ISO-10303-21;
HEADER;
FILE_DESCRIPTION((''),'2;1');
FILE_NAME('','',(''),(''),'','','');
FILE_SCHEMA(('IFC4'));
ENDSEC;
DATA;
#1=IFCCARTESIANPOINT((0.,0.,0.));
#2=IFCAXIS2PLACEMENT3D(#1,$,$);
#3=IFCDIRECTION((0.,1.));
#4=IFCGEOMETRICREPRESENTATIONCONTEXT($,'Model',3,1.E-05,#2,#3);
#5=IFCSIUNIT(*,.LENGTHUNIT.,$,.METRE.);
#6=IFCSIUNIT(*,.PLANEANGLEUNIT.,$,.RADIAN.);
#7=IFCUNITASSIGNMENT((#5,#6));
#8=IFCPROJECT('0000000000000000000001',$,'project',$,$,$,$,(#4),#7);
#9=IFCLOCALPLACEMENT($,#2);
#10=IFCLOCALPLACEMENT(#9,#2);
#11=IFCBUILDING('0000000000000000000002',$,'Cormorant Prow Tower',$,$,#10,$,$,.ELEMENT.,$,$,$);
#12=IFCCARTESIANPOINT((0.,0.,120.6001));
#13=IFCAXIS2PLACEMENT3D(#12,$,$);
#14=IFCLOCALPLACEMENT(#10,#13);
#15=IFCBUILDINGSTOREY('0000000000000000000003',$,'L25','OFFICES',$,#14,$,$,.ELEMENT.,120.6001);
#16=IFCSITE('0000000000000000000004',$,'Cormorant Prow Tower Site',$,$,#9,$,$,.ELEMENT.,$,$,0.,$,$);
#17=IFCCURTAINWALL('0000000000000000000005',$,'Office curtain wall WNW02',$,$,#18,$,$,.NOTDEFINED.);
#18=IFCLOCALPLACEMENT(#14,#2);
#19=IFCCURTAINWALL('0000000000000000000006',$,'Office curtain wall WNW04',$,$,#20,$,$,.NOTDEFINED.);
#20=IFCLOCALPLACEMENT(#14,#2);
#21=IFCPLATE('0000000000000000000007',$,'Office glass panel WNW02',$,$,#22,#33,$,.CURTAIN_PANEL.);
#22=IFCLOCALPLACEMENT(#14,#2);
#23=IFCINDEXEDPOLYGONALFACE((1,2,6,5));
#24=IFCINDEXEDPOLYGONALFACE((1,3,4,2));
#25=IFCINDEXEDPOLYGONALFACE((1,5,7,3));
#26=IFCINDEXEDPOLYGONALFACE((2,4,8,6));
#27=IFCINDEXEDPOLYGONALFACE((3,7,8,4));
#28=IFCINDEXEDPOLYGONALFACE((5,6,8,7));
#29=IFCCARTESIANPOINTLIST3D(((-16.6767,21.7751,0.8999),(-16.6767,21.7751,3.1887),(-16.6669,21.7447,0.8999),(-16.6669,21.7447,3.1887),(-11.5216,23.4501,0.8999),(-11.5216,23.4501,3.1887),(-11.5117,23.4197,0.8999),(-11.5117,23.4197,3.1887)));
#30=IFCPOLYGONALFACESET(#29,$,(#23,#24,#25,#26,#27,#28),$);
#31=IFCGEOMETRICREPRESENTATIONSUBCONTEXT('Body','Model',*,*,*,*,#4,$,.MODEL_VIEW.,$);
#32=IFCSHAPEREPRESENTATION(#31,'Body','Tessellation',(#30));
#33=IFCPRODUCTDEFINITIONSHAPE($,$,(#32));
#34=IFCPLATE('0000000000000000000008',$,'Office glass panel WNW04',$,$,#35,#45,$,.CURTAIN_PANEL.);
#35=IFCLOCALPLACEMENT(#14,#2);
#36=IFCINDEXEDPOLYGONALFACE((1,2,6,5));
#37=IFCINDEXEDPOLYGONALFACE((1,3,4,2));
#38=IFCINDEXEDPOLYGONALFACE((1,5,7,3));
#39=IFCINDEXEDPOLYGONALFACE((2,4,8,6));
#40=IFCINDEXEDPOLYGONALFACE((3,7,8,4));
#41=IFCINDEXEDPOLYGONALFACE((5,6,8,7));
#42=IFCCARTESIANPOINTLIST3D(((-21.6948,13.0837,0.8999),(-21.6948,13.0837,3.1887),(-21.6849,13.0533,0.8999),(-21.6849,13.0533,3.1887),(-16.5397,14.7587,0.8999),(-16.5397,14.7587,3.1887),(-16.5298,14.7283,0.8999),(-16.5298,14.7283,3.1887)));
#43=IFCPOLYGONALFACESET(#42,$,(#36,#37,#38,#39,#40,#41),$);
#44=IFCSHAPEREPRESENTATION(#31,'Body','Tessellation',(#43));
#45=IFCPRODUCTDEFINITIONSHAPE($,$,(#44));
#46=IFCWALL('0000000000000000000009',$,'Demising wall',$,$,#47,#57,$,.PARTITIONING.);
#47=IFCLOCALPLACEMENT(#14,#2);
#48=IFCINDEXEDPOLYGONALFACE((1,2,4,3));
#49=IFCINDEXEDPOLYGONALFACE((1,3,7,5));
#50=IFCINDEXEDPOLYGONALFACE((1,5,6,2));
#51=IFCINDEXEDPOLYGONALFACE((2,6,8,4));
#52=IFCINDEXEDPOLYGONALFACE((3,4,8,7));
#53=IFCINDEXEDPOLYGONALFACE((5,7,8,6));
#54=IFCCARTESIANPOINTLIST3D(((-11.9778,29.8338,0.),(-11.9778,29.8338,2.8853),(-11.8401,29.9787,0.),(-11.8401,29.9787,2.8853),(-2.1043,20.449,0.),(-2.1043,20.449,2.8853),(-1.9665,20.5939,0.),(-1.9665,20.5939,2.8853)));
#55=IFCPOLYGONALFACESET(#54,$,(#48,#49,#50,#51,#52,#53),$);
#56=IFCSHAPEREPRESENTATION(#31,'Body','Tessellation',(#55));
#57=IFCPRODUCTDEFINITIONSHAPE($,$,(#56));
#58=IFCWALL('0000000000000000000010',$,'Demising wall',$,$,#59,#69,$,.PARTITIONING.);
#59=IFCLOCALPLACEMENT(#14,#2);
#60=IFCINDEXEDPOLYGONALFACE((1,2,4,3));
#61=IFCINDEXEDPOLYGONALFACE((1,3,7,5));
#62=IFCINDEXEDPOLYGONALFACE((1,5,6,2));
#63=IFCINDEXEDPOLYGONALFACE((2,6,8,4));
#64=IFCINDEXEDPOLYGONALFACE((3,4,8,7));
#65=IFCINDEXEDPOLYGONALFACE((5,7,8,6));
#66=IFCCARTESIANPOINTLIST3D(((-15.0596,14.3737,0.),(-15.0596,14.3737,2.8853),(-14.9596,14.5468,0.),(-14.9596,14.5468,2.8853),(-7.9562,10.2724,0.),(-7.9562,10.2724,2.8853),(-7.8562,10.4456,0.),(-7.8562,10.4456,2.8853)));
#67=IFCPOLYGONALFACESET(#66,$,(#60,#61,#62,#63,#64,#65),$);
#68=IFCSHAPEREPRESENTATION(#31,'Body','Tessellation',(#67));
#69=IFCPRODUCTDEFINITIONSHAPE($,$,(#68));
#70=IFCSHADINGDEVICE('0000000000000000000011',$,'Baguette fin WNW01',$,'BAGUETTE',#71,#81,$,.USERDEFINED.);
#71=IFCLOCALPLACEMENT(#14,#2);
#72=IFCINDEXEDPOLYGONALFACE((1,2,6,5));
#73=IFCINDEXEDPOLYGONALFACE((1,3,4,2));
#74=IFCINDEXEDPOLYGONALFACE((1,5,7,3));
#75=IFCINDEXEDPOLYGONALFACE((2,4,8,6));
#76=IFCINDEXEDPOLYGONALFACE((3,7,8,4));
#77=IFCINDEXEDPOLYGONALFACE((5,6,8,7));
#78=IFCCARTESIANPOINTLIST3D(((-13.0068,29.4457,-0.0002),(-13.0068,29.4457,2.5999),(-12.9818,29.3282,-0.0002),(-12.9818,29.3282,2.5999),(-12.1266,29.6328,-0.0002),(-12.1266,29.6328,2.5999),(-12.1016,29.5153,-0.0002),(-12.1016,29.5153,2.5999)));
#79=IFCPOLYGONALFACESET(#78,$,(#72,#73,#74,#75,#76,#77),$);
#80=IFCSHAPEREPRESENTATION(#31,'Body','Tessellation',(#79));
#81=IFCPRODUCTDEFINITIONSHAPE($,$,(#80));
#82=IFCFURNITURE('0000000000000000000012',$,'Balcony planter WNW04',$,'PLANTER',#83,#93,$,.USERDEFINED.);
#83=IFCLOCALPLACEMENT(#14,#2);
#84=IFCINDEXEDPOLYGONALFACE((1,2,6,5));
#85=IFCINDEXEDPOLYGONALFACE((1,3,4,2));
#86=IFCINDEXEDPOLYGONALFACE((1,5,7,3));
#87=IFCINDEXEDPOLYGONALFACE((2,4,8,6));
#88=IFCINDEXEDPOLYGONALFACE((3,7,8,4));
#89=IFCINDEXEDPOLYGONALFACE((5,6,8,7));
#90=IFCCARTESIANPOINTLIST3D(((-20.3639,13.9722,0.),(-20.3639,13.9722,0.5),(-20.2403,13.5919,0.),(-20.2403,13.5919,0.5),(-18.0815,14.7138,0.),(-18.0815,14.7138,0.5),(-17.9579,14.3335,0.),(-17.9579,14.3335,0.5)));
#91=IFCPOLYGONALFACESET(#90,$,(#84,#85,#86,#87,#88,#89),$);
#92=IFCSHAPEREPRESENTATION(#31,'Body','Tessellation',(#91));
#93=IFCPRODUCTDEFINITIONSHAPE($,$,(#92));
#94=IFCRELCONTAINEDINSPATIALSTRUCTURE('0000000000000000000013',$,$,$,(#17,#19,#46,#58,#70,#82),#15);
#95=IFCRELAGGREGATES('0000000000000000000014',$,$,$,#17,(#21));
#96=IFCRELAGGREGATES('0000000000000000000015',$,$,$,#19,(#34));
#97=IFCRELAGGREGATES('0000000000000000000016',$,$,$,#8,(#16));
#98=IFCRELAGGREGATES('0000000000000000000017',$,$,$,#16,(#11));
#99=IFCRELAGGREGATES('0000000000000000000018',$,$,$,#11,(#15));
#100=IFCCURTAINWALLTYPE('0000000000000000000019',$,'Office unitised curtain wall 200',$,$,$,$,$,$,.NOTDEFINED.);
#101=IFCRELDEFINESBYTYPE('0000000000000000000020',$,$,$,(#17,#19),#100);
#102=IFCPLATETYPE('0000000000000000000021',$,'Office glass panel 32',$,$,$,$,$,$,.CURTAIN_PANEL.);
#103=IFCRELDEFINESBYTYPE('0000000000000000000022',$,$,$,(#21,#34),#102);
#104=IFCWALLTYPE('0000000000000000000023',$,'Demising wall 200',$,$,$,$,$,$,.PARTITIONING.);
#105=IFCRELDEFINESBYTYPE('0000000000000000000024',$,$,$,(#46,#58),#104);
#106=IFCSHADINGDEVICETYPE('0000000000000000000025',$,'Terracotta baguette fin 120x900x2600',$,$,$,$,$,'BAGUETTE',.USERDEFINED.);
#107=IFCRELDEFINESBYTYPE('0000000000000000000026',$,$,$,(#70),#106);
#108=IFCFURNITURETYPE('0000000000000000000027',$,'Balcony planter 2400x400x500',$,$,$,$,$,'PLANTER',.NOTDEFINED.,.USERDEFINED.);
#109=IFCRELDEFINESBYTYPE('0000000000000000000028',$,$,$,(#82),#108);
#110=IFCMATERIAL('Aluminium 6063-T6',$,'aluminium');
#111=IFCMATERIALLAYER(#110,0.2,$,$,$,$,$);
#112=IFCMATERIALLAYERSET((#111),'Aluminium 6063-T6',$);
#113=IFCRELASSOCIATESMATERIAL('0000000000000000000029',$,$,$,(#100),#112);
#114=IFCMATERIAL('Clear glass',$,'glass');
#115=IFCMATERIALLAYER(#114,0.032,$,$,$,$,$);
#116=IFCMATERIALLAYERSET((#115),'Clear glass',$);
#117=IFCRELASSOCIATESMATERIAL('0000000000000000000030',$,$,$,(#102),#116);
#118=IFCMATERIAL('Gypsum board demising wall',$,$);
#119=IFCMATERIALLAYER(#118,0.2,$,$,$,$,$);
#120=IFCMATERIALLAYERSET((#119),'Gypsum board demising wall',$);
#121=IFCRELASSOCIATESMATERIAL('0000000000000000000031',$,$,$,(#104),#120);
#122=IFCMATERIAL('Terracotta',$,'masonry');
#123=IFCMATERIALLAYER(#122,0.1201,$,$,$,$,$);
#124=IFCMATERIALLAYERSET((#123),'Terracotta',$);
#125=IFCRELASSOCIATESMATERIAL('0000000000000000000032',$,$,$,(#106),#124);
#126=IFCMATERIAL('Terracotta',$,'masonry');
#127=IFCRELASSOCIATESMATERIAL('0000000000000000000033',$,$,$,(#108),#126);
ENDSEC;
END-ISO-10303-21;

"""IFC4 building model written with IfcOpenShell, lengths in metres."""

from ifc_helpers import new_model, si_unit, direction, frame, frame_2d, origin, origin_2d, place, context, subcontext, project, spatial, rectangle, extrude, material, layer, layer_set, type_object, element, aggregate, save


model = new_model("IFC4")

# Units and contexts
model_context = context("Model", 3, precision=1e-05, world=origin(), true_north=direction((0.0, 1.0)))
body_context = subcontext(model_context, "Body", "Model", "MODEL_VIEW")
ifc_project = project(units=[si_unit("LENGTHUNIT", "METRE"), si_unit("PLANEANGLEUNIT", "RADIAN")], contexts=[model_context])

# Site, building, storey
site_placement = place(None, origin())
site = spatial("IfcSite", under=ifc_project, at=site_placement, Name="Cormorant Prow Tower Site", CompositionType="ELEMENT", RefElevation=0.0)
building_placement = place(site_placement, origin())
building = spatial("IfcBuilding", under=site, at=building_placement, Name="Cormorant Prow Tower", CompositionType="ELEMENT")
storey_placement = place(building_placement, frame((0.0, 0.0, 120.6001)))
storey = spatial("IfcBuildingStorey", under=building, at=storey_placement, Name="L25", Description="OFFICES", CompositionType="ELEMENT", Elevation=120.6001)

# Curtain walls
ifc_material_1 = material(Name="Aluminium 6063-T6", Category="aluminium")
ifc_layer_1 = layer(ifc_material_1, 0.2)
ifc_layer_set_1 = layer_set([ifc_layer_1], Name="Aluminium 6063-T6")
curtain_wall_type = type_object("IfcCurtainWallType", Name="Office unitised curtain wall 200", PredefinedType="NOTDEFINED", material=ifc_layer_set_1)
curtain_wall_1_placement = place(storey_placement, origin())
curtain_wall_1 = element("IfcCurtainWall", 1, at=curtain_wall_1_placement, inside=storey, type_object=curtain_wall_type, Name="Office curtain wall WNW02", PredefinedType="NOTDEFINED")
curtain_wall_2_placement = place(storey_placement, origin())
curtain_wall_2 = element("IfcCurtainWall", 2, at=curtain_wall_2_placement, inside=storey, type_object=curtain_wall_type, Name="Office curtain wall WNW04", PredefinedType="NOTDEFINED")

# Plates
ifc_material_2 = material(Name="Clear glass", Category="glass")
ifc_layer_2 = layer(ifc_material_2, 0.032)
ifc_layer_set_2 = layer_set([ifc_layer_2], Name="Clear glass")
plate_type = type_object("IfcPlateType", Name="Office glass panel 32", PredefinedType="CURTAIN_PANEL", material=ifc_layer_set_2)
plate_1_placement = place(storey_placement, frame((-14.0942, 22.5974, 0.8999), z_axis=(0.0, 0.0, 1.0), x_axis=(-0.951057, -0.309017, 0.0)))
plate_1 = element("IfcPlate", 3, at=plate_1_placement, type_object=plate_type, Name="Office glass panel WNW02", PredefinedType="CURTAIN_PANEL", context=body_context, shape_type="SweptSolid", body=[
    extrude(rectangle(XDim=5.4204, YDim=0.032, at=origin_2d()), origin(), (0.0, 0.0, 1.0), 2.2888),
])
aggregate(curtain_wall_1, [plate_1])
plate_2_placement = place(storey_placement, frame((-19.1123, 13.906, 0.8999), z_axis=(0.0, 0.0, 1.0), x_axis=(-0.951057, -0.309017, 0.0)))
plate_2 = element("IfcPlate", 4, at=plate_2_placement, type_object=plate_type, Name="Office glass panel WNW04", PredefinedType="CURTAIN_PANEL", context=body_context, shape_type="SweptSolid", body=[
    extrude(rectangle(XDim=5.4204, YDim=0.032, at=origin_2d()), origin(), (0.0, 0.0, 1.0), 2.2888),
])
aggregate(curtain_wall_2, [plate_2])

# Walls
ifc_material_3 = material(Name="Gypsum board demising wall")
ifc_layer_3 = layer(ifc_material_3, 0.2)
ifc_layer_set_3 = layer_set([ifc_layer_3], Name="Gypsum board demising wall")
wall_type_1 = type_object("IfcWallType", Name="Demising wall 200", PredefinedType="PARTITIONING", material=ifc_layer_set_3)
wall_1_placement = place(storey_placement, frame((-11.9089, 29.9062, 0.0), z_axis=(0.0, 0.0, 1.0), x_axis=(0.72482, -0.688939, 0.0)))
element("IfcWall", 5, at=wall_1_placement, inside=storey, type_object=wall_type_1, Name="Demising wall", PredefinedType="PARTITIONING", context=body_context, shape_type="SweptSolid", body=[
    extrude(rectangle(XDim=13.6221, YDim=0.2, at=frame_2d((6.811, 0.0))), origin(), (0.0, 0.0, 1.0), 2.8853),
])
wall_2_placement = place(storey_placement, frame((-15.0095, 14.4602, 0.0), z_axis=(0.0, 0.0, 1.0), x_axis=(0.86602, -0.500009, 0.0)))
element("IfcWall", 6, at=wall_2_placement, inside=storey, type_object=wall_type_1, Name="Demising wall", PredefinedType="PARTITIONING", context=body_context, shape_type="SweptSolid", body=[
    extrude(rectangle(XDim=8.2024, YDim=0.2, at=frame_2d((4.1011, 0.0))), origin(), (0.0, 0.0, 1.0), 2.8853),
])

# Shading device
ifc_material_4 = material(Name="Terracotta", Category="masonry")
ifc_layer_4 = layer(ifc_material_4, 0.1201)
ifc_layer_set_4 = layer_set([ifc_layer_4], Name="Terracotta")
shading_device_type = type_object("IfcShadingDeviceType", Name="Terracotta baguette fin 120x900x2600", ElementType="BAGUETTE", PredefinedType="USERDEFINED", material=ifc_layer_set_4)
shading_device_placement = place(storey_placement, frame((-12.5542, 29.4805, -0.0002), z_axis=(0.0, 0.0, 1.0), x_axis=(0.207912, -0.978148, 0.0)))
element("IfcShadingDevice", 7, at=shading_device_placement, inside=storey, type_object=shading_device_type, Name="Baguette fin WNW01", ObjectType="BAGUETTE", PredefinedType="USERDEFINED", context=body_context, shape_type="SweptSolid", body=[
    extrude(rectangle(XDim=0.1201, YDim=0.8999, at=origin_2d()), origin(), (0.0, 0.0, 1.0), 2.6001),
])

# Furniture
ifc_material_5 = material(Name="Terracotta", Category="masonry")
furniture_type = type_object("IfcFurnitureType", Name="Balcony planter 2400x400x500", ElementType="PLANTER", AssemblyPlace="NOTDEFINED", PredefinedType="USERDEFINED", material=ifc_material_5)
furniture_placement = place(storey_placement, frame((-19.1609, 14.1528, 0.0), z_axis=(0.0, 0.0, 1.0), x_axis=(-0.951057, -0.309017, 0.0)))
element("IfcFurniture", 8, at=furniture_placement, inside=storey, type_object=furniture_type, Name="Balcony planter WNW04", ObjectType="PLANTER", PredefinedType="USERDEFINED", context=body_context, shape_type="SweptSolid", body=[
    extrude(rectangle(XDim=2.3999, YDim=0.3999, at=origin_2d()), origin(), (0.0, 0.0, 1.0), 0.5),
])

save(model, "model.ifc")
